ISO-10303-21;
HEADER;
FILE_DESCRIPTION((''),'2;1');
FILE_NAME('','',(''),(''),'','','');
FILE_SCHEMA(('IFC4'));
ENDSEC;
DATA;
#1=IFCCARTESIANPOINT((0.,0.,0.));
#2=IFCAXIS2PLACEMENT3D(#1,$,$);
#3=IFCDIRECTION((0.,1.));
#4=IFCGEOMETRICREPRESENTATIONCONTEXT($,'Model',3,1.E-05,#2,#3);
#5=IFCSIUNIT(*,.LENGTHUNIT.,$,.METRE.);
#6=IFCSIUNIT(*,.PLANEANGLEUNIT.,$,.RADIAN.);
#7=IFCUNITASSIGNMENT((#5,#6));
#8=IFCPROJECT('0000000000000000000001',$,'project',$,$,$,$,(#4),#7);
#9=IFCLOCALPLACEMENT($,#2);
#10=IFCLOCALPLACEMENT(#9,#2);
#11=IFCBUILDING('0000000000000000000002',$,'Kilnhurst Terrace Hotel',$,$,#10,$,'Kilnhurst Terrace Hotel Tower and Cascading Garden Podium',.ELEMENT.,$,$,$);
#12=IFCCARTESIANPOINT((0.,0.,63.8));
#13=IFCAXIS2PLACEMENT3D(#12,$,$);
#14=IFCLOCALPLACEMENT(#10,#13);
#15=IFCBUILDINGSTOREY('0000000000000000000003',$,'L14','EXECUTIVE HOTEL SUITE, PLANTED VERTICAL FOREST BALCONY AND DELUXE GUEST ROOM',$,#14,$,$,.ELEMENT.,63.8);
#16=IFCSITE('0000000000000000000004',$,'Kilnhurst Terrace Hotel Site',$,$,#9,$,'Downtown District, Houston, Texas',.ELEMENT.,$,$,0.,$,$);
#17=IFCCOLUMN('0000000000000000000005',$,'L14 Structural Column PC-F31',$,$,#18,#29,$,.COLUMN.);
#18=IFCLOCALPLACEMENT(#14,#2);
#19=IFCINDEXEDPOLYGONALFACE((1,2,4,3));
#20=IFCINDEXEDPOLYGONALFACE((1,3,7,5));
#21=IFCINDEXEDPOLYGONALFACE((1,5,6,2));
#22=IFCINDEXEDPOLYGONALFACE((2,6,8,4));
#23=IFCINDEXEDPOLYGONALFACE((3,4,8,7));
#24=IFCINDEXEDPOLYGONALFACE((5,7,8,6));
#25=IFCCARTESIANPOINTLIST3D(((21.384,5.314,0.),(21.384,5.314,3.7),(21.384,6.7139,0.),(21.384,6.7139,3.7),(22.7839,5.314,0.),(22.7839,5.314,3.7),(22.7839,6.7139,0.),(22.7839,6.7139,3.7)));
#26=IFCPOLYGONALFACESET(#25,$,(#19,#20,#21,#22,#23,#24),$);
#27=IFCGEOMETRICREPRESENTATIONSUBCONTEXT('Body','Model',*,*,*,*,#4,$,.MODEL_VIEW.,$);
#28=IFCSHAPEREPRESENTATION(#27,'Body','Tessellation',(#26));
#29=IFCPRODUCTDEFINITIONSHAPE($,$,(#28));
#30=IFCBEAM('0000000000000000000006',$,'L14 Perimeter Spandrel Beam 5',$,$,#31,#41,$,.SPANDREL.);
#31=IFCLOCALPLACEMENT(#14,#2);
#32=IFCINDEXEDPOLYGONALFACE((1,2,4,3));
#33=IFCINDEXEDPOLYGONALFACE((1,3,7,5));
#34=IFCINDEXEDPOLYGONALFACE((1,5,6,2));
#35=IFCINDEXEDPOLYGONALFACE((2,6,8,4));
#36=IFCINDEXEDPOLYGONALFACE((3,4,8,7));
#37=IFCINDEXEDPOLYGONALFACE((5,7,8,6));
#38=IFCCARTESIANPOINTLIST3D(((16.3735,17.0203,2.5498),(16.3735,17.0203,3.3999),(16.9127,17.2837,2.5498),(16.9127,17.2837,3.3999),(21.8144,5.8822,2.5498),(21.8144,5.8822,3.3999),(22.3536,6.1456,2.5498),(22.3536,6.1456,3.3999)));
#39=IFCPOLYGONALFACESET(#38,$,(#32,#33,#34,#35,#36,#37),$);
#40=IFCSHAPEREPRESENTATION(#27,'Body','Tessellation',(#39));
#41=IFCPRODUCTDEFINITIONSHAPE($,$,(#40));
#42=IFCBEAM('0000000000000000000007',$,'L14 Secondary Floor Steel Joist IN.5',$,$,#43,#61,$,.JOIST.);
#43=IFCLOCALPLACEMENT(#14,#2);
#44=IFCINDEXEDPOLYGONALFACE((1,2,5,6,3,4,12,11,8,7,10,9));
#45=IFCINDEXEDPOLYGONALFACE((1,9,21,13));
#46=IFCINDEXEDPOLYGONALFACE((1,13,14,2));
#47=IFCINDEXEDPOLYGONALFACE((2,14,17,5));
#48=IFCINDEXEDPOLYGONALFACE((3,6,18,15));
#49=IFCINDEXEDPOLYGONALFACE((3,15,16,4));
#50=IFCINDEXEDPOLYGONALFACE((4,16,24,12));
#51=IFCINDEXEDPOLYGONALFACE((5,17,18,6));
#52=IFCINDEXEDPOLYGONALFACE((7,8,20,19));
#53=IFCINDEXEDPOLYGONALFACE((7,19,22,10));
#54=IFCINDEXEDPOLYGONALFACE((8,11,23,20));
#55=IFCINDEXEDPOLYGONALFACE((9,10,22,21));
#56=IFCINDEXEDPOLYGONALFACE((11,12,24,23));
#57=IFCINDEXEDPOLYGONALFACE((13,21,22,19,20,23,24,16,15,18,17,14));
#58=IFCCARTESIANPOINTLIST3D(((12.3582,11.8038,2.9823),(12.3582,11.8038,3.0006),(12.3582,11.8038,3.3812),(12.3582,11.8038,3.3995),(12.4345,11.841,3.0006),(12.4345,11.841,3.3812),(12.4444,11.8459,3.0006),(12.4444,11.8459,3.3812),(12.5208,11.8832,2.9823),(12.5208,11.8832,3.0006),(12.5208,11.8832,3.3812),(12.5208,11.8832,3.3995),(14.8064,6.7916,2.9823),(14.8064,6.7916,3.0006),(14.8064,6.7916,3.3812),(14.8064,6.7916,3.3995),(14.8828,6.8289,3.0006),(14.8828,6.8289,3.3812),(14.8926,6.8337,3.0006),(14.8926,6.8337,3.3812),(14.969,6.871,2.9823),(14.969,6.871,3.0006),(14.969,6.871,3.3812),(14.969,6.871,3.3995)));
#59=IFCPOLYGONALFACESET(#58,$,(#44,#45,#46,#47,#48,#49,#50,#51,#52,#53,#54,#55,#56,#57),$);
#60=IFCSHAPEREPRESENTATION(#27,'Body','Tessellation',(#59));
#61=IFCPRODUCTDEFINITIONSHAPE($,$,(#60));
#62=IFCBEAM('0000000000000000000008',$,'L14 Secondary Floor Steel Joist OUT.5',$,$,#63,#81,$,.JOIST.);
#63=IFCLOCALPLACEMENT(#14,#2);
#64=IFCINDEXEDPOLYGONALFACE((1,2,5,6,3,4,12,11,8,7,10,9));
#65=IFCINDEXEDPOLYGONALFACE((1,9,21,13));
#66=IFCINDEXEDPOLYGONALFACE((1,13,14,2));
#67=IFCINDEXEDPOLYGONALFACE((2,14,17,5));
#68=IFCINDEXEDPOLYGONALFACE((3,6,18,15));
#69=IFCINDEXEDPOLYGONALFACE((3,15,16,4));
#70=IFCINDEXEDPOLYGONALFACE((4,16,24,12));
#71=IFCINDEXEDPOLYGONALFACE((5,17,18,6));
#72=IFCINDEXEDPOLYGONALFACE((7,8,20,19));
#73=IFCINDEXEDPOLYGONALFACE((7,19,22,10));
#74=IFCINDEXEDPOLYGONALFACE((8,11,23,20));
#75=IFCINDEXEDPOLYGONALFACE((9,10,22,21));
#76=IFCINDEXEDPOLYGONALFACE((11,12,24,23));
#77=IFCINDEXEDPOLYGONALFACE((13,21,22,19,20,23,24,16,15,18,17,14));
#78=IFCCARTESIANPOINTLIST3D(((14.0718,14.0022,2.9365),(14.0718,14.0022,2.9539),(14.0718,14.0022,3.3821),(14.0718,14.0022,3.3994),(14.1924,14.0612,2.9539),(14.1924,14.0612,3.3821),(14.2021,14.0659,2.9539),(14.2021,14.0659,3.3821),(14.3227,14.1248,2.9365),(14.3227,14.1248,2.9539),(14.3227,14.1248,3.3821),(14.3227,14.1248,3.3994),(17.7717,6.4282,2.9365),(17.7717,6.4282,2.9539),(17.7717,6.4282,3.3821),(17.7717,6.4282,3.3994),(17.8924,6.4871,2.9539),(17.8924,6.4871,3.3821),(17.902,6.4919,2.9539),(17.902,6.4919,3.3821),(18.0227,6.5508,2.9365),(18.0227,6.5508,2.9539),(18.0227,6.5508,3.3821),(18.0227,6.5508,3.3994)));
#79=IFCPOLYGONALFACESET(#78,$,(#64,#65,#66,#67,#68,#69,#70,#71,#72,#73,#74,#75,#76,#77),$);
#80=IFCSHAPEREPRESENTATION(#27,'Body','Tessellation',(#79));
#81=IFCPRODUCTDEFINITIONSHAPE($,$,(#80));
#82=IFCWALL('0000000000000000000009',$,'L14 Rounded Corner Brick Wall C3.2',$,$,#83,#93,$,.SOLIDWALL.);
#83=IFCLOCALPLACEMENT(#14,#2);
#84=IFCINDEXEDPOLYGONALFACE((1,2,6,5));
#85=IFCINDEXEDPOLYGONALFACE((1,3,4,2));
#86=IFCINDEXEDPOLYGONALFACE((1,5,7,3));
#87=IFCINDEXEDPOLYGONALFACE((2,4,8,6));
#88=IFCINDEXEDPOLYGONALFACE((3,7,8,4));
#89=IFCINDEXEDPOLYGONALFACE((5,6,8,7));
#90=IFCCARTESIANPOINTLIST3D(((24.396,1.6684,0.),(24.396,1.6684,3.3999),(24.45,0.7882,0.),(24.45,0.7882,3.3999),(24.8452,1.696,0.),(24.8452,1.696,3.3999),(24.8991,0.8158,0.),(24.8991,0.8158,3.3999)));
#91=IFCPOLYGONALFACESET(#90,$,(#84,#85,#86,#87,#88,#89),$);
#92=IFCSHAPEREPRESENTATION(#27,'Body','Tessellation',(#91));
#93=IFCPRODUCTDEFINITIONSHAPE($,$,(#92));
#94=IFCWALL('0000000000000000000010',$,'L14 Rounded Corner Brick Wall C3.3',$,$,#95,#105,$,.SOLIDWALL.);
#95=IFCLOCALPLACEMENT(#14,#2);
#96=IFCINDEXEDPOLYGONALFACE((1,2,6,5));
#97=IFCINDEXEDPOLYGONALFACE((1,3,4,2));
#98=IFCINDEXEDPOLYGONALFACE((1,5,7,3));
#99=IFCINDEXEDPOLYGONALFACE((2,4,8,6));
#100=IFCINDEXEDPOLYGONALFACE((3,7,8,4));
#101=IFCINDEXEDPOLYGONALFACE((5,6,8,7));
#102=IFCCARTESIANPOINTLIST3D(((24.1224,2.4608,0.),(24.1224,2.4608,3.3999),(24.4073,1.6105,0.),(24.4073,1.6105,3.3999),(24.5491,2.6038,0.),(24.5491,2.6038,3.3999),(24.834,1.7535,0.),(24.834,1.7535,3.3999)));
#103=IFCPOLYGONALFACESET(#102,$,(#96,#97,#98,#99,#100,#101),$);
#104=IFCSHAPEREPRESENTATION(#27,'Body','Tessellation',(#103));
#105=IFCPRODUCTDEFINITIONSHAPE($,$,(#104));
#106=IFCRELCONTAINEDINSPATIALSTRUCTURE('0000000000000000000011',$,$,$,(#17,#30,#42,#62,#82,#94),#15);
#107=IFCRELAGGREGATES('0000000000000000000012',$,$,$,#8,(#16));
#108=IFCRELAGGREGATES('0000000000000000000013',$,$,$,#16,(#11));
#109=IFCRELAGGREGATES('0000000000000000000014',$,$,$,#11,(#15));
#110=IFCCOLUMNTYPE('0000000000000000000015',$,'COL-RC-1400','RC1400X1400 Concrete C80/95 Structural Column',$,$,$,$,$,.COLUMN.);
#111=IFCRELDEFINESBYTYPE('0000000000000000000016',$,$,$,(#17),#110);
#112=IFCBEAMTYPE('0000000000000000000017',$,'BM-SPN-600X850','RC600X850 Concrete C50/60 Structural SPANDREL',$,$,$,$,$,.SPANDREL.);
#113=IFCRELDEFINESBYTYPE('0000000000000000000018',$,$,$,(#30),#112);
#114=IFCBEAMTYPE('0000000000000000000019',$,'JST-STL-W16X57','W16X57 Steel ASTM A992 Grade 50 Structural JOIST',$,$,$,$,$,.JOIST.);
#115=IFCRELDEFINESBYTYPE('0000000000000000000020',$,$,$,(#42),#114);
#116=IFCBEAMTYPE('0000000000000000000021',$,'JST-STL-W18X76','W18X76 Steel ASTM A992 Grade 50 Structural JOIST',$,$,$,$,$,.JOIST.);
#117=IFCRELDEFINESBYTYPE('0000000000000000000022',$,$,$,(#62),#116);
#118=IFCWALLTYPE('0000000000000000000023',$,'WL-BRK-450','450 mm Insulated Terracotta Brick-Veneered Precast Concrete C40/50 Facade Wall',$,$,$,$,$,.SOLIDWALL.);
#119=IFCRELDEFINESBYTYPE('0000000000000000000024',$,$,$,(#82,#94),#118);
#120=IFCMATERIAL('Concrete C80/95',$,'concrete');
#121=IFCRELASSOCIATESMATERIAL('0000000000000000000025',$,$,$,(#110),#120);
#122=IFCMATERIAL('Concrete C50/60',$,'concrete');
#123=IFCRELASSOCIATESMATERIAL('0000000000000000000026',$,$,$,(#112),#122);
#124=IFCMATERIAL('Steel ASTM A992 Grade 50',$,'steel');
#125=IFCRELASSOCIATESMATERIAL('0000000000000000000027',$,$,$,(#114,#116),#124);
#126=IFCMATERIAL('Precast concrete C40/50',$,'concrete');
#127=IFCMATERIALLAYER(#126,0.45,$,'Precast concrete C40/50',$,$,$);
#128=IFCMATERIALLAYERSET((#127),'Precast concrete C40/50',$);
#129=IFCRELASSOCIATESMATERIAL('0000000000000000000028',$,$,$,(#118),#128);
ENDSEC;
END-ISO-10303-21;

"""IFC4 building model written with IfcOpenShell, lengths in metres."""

from ifc_helpers import new_model, si_unit, direction, frame, frame_2d, origin, origin_2d, place, context, subcontext, project, spatial, rectangle, i_section, extrude, material, layer, layer_set, material_profile, profile_set, type_object, element, save


model = new_model("IFC4")

# Units and contexts
model_context = context("Model", 3, precision=1e-05, world=origin(), true_north=direction((0.0, 1.0)))
body_context = subcontext(model_context, "Body", "Model", "MODEL_VIEW")
ifc_project = project(units=[si_unit("LENGTHUNIT", "METRE"), si_unit("PLANEANGLEUNIT", "RADIAN")], contexts=[model_context])

# Site, building, storey
site_placement = place(None, origin())
site = spatial("IfcSite", under=ifc_project, at=site_placement, Name="Kilnhurst Terrace Hotel Site", LongName="Downtown District, Houston, Texas", CompositionType="ELEMENT", RefElevation=0.0)
building_placement = place(site_placement, origin())
building = spatial("IfcBuilding", under=site, at=building_placement, Name="Kilnhurst Terrace Hotel", LongName="Kilnhurst Terrace Hotel Tower and Cascading Garden Podium", CompositionType="ELEMENT")
storey_placement = place(building_placement, frame((0.0, 0.0, 63.8)))
storey = spatial("IfcBuildingStorey", under=building, at=storey_placement, Name="L14", Description="EXECUTIVE HOTEL SUITE, PLANTED VERTICAL FOREST BALCONY AND DELUXE GUEST ROOM", CompositionType="ELEMENT", Elevation=63.8)

# Column
ifc_material_1 = material(Name="Concrete C80/95", Category="concrete")
ifc_material_profile_1 = material_profile(ifc_material_1, rectangle(XDim=1.3999, YDim=1.3999, at=origin_2d()), Name="RC1400X1400")
ifc_profile_set_1 = profile_set([ifc_material_profile_1], Name="Concrete C80/95")
column_type = type_object("IfcColumnType", Name="COL-RC-1400", Description="RC1400X1400 Concrete C80/95 Structural Column", PredefinedType="COLUMN", material=ifc_profile_set_1)
column_placement = place(storey_placement, frame((22.084, 6.0139, 0.0), z_axis=(0.0, 0.0, 1.0), x_axis=(1.0, 0.0, 0.0)))
element("IfcColumn", 1, at=column_placement, inside=storey, type_object=column_type, Name="L14 Structural Column PC-F31", PredefinedType="COLUMN", context=body_context, shape_type="SweptSolid", body=[
    extrude(rectangle(XDim=1.3999, YDim=1.3999, at=origin_2d()), origin(), (0.0, 0.0, 1.0), 3.7),
])

# Beams
ifc_material_2 = material(Name="Concrete C50/60", Category="concrete")
ifc_material_profile_2 = material_profile(ifc_material_2, rectangle(XDim=0.6001, YDim=0.8501, at=origin_2d()), Name="RC600X850")
ifc_profile_set_2 = profile_set([ifc_material_profile_2], Name="Concrete C50/60")
beam_type_1 = type_object("IfcBeamType", Name="BM-SPN-600X850", Description="RC600X850 Concrete C50/60 Structural SPANDREL", PredefinedType="SPANDREL", material=ifc_profile_set_2)
beam_1_placement = place(storey_placement, frame((22.084, 6.0139, 2.9749), z_axis=(-0.438923, 0.898525, 0.0), x_axis=(-0.898525, -0.438923, 0.0)))
element("IfcBeam", 2, at=beam_1_placement, inside=storey, type_object=beam_type_1, Name="L14 Perimeter Spandrel Beam 5", PredefinedType="SPANDREL", context=body_context, shape_type="SweptSolid", body=[
    extrude(rectangle(XDim=0.6001, YDim=0.8501, at=origin_2d()), origin(), (0.0, 0.0, 1.0), 12.396),
])
ifc_material_3 = material(Name="Steel ASTM A992 Grade 50", Category="steel")
ifc_material_profile_3 = material_profile(ifc_material_3, i_section(OverallWidth=0.1809, OverallDepth=0.4172, WebThickness=0.011, FlangeThickness=0.0183, at=origin_2d()), Name="W16X57")
ifc_profile_set_3 = profile_set([ifc_material_profile_3], Name="Steel ASTM A992 Grade 50")
beam_type_2 = type_object("IfcBeamType", Name="JST-STL-W16X57", Description="W16X57 Steel ASTM A992 Grade 50 Structural JOIST", PredefinedType="JOIST", material=ifc_profile_set_3)
beam_2_placement = place(storey_placement, frame((14.8877, 6.8313, 3.1909), z_axis=(-0.438896, 0.898538, 0.0), x_axis=(-0.898538, -0.438896, 0.0)))
element("IfcBeam", 3, at=beam_2_placement, inside=storey, type_object=beam_type_2, Name="L14 Secondary Floor Steel Joist IN.5", PredefinedType="JOIST", context=body_context, shape_type="SweptSolid", body=[
    extrude(i_section(OverallWidth=0.1809, OverallDepth=0.4172, WebThickness=0.011, FlangeThickness=0.0183, at=origin_2d()), origin(), (0.0, 0.0, 1.0), 5.5781),
])
ifc_material_profile_4 = material_profile(ifc_material_3, i_section(OverallWidth=0.2793, OverallDepth=0.4629, WebThickness=0.0107, FlangeThickness=0.0173, at=origin_2d()), Name="W18X76")
ifc_profile_set_4 = profile_set([ifc_material_profile_4], Name="Steel ASTM A992 Grade 50")
beam_type_3 = type_object("IfcBeamType", Name="JST-STL-W18X76", Description="W18X76 Steel ASTM A992 Grade 50 Structural JOIST", PredefinedType="JOIST", material=ifc_profile_set_4)
beam_3_placement = place(storey_placement, frame((17.8972, 6.4895, 3.168), z_axis=(-0.438934, 0.898519, 0.0), x_axis=(-0.898519, -0.438934, 0.0)))
element("IfcBeam", 4, at=beam_3_placement, inside=storey, type_object=beam_type_3, Name="L14 Secondary Floor Steel Joist OUT.5", PredefinedType="JOIST", context=body_context, shape_type="SweptSolid", body=[
    extrude(i_section(OverallWidth=0.2793, OverallDepth=0.4629, WebThickness=0.0107, FlangeThickness=0.0173, at=origin_2d()), origin(), (0.0, 0.0, 1.0), 8.4294),
])

# Walls
ifc_material_4 = material(Name="Precast concrete C40/50", Category="concrete")
ifc_layer_1 = layer(ifc_material_4, 0.45, Name="Precast concrete C40/50")
ifc_layer_set_1 = layer_set([ifc_layer_1], Name="Precast concrete C40/50")
wall_type_1 = type_object("IfcWallType", Name="WL-BRK-450", Description="450 mm Insulated Terracotta Brick-Veneered Precast Concrete C40/50 Facade Wall", PredefinedType="SOLIDWALL", material=ifc_layer_set_1)
wall_1_placement = place(storey_placement, frame((24.6746, 0.802, 0.0), z_axis=(0.0, 0.0, 1.0), x_axis=(-0.061189, 0.998126, 0.0)))
element("IfcWall", 5, at=wall_1_placement, inside=storey, type_object=wall_type_1, Name="L14 Rounded Corner Brick Wall C3.2", PredefinedType="SOLIDWALL", context=body_context, shape_type="SweptSolid", body=[
    extrude(rectangle(XDim=0.8818, YDim=0.45, at=frame_2d((0.4409, 0.0))), origin(), (0.0, 0.0, 1.0), 3.3999),
])
wall_2_placement = place(storey_placement, frame((24.6206, 1.6821, 0.0), z_axis=(0.0, 0.0, 1.0), x_axis=(-0.317697, 0.948192, 0.0)))
element("IfcWall", 6, at=wall_2_placement, inside=storey, type_object=wall_type_1, Name="L14 Rounded Corner Brick Wall C3.3", PredefinedType="SOLIDWALL", context=body_context, shape_type="SweptSolid", body=[
    extrude(rectangle(XDim=0.8967, YDim=0.45, at=frame_2d((0.4482, 0.0))), origin(), (0.0, 0.0, 1.0), 3.3999),
])

save(model, "model.ifc")
